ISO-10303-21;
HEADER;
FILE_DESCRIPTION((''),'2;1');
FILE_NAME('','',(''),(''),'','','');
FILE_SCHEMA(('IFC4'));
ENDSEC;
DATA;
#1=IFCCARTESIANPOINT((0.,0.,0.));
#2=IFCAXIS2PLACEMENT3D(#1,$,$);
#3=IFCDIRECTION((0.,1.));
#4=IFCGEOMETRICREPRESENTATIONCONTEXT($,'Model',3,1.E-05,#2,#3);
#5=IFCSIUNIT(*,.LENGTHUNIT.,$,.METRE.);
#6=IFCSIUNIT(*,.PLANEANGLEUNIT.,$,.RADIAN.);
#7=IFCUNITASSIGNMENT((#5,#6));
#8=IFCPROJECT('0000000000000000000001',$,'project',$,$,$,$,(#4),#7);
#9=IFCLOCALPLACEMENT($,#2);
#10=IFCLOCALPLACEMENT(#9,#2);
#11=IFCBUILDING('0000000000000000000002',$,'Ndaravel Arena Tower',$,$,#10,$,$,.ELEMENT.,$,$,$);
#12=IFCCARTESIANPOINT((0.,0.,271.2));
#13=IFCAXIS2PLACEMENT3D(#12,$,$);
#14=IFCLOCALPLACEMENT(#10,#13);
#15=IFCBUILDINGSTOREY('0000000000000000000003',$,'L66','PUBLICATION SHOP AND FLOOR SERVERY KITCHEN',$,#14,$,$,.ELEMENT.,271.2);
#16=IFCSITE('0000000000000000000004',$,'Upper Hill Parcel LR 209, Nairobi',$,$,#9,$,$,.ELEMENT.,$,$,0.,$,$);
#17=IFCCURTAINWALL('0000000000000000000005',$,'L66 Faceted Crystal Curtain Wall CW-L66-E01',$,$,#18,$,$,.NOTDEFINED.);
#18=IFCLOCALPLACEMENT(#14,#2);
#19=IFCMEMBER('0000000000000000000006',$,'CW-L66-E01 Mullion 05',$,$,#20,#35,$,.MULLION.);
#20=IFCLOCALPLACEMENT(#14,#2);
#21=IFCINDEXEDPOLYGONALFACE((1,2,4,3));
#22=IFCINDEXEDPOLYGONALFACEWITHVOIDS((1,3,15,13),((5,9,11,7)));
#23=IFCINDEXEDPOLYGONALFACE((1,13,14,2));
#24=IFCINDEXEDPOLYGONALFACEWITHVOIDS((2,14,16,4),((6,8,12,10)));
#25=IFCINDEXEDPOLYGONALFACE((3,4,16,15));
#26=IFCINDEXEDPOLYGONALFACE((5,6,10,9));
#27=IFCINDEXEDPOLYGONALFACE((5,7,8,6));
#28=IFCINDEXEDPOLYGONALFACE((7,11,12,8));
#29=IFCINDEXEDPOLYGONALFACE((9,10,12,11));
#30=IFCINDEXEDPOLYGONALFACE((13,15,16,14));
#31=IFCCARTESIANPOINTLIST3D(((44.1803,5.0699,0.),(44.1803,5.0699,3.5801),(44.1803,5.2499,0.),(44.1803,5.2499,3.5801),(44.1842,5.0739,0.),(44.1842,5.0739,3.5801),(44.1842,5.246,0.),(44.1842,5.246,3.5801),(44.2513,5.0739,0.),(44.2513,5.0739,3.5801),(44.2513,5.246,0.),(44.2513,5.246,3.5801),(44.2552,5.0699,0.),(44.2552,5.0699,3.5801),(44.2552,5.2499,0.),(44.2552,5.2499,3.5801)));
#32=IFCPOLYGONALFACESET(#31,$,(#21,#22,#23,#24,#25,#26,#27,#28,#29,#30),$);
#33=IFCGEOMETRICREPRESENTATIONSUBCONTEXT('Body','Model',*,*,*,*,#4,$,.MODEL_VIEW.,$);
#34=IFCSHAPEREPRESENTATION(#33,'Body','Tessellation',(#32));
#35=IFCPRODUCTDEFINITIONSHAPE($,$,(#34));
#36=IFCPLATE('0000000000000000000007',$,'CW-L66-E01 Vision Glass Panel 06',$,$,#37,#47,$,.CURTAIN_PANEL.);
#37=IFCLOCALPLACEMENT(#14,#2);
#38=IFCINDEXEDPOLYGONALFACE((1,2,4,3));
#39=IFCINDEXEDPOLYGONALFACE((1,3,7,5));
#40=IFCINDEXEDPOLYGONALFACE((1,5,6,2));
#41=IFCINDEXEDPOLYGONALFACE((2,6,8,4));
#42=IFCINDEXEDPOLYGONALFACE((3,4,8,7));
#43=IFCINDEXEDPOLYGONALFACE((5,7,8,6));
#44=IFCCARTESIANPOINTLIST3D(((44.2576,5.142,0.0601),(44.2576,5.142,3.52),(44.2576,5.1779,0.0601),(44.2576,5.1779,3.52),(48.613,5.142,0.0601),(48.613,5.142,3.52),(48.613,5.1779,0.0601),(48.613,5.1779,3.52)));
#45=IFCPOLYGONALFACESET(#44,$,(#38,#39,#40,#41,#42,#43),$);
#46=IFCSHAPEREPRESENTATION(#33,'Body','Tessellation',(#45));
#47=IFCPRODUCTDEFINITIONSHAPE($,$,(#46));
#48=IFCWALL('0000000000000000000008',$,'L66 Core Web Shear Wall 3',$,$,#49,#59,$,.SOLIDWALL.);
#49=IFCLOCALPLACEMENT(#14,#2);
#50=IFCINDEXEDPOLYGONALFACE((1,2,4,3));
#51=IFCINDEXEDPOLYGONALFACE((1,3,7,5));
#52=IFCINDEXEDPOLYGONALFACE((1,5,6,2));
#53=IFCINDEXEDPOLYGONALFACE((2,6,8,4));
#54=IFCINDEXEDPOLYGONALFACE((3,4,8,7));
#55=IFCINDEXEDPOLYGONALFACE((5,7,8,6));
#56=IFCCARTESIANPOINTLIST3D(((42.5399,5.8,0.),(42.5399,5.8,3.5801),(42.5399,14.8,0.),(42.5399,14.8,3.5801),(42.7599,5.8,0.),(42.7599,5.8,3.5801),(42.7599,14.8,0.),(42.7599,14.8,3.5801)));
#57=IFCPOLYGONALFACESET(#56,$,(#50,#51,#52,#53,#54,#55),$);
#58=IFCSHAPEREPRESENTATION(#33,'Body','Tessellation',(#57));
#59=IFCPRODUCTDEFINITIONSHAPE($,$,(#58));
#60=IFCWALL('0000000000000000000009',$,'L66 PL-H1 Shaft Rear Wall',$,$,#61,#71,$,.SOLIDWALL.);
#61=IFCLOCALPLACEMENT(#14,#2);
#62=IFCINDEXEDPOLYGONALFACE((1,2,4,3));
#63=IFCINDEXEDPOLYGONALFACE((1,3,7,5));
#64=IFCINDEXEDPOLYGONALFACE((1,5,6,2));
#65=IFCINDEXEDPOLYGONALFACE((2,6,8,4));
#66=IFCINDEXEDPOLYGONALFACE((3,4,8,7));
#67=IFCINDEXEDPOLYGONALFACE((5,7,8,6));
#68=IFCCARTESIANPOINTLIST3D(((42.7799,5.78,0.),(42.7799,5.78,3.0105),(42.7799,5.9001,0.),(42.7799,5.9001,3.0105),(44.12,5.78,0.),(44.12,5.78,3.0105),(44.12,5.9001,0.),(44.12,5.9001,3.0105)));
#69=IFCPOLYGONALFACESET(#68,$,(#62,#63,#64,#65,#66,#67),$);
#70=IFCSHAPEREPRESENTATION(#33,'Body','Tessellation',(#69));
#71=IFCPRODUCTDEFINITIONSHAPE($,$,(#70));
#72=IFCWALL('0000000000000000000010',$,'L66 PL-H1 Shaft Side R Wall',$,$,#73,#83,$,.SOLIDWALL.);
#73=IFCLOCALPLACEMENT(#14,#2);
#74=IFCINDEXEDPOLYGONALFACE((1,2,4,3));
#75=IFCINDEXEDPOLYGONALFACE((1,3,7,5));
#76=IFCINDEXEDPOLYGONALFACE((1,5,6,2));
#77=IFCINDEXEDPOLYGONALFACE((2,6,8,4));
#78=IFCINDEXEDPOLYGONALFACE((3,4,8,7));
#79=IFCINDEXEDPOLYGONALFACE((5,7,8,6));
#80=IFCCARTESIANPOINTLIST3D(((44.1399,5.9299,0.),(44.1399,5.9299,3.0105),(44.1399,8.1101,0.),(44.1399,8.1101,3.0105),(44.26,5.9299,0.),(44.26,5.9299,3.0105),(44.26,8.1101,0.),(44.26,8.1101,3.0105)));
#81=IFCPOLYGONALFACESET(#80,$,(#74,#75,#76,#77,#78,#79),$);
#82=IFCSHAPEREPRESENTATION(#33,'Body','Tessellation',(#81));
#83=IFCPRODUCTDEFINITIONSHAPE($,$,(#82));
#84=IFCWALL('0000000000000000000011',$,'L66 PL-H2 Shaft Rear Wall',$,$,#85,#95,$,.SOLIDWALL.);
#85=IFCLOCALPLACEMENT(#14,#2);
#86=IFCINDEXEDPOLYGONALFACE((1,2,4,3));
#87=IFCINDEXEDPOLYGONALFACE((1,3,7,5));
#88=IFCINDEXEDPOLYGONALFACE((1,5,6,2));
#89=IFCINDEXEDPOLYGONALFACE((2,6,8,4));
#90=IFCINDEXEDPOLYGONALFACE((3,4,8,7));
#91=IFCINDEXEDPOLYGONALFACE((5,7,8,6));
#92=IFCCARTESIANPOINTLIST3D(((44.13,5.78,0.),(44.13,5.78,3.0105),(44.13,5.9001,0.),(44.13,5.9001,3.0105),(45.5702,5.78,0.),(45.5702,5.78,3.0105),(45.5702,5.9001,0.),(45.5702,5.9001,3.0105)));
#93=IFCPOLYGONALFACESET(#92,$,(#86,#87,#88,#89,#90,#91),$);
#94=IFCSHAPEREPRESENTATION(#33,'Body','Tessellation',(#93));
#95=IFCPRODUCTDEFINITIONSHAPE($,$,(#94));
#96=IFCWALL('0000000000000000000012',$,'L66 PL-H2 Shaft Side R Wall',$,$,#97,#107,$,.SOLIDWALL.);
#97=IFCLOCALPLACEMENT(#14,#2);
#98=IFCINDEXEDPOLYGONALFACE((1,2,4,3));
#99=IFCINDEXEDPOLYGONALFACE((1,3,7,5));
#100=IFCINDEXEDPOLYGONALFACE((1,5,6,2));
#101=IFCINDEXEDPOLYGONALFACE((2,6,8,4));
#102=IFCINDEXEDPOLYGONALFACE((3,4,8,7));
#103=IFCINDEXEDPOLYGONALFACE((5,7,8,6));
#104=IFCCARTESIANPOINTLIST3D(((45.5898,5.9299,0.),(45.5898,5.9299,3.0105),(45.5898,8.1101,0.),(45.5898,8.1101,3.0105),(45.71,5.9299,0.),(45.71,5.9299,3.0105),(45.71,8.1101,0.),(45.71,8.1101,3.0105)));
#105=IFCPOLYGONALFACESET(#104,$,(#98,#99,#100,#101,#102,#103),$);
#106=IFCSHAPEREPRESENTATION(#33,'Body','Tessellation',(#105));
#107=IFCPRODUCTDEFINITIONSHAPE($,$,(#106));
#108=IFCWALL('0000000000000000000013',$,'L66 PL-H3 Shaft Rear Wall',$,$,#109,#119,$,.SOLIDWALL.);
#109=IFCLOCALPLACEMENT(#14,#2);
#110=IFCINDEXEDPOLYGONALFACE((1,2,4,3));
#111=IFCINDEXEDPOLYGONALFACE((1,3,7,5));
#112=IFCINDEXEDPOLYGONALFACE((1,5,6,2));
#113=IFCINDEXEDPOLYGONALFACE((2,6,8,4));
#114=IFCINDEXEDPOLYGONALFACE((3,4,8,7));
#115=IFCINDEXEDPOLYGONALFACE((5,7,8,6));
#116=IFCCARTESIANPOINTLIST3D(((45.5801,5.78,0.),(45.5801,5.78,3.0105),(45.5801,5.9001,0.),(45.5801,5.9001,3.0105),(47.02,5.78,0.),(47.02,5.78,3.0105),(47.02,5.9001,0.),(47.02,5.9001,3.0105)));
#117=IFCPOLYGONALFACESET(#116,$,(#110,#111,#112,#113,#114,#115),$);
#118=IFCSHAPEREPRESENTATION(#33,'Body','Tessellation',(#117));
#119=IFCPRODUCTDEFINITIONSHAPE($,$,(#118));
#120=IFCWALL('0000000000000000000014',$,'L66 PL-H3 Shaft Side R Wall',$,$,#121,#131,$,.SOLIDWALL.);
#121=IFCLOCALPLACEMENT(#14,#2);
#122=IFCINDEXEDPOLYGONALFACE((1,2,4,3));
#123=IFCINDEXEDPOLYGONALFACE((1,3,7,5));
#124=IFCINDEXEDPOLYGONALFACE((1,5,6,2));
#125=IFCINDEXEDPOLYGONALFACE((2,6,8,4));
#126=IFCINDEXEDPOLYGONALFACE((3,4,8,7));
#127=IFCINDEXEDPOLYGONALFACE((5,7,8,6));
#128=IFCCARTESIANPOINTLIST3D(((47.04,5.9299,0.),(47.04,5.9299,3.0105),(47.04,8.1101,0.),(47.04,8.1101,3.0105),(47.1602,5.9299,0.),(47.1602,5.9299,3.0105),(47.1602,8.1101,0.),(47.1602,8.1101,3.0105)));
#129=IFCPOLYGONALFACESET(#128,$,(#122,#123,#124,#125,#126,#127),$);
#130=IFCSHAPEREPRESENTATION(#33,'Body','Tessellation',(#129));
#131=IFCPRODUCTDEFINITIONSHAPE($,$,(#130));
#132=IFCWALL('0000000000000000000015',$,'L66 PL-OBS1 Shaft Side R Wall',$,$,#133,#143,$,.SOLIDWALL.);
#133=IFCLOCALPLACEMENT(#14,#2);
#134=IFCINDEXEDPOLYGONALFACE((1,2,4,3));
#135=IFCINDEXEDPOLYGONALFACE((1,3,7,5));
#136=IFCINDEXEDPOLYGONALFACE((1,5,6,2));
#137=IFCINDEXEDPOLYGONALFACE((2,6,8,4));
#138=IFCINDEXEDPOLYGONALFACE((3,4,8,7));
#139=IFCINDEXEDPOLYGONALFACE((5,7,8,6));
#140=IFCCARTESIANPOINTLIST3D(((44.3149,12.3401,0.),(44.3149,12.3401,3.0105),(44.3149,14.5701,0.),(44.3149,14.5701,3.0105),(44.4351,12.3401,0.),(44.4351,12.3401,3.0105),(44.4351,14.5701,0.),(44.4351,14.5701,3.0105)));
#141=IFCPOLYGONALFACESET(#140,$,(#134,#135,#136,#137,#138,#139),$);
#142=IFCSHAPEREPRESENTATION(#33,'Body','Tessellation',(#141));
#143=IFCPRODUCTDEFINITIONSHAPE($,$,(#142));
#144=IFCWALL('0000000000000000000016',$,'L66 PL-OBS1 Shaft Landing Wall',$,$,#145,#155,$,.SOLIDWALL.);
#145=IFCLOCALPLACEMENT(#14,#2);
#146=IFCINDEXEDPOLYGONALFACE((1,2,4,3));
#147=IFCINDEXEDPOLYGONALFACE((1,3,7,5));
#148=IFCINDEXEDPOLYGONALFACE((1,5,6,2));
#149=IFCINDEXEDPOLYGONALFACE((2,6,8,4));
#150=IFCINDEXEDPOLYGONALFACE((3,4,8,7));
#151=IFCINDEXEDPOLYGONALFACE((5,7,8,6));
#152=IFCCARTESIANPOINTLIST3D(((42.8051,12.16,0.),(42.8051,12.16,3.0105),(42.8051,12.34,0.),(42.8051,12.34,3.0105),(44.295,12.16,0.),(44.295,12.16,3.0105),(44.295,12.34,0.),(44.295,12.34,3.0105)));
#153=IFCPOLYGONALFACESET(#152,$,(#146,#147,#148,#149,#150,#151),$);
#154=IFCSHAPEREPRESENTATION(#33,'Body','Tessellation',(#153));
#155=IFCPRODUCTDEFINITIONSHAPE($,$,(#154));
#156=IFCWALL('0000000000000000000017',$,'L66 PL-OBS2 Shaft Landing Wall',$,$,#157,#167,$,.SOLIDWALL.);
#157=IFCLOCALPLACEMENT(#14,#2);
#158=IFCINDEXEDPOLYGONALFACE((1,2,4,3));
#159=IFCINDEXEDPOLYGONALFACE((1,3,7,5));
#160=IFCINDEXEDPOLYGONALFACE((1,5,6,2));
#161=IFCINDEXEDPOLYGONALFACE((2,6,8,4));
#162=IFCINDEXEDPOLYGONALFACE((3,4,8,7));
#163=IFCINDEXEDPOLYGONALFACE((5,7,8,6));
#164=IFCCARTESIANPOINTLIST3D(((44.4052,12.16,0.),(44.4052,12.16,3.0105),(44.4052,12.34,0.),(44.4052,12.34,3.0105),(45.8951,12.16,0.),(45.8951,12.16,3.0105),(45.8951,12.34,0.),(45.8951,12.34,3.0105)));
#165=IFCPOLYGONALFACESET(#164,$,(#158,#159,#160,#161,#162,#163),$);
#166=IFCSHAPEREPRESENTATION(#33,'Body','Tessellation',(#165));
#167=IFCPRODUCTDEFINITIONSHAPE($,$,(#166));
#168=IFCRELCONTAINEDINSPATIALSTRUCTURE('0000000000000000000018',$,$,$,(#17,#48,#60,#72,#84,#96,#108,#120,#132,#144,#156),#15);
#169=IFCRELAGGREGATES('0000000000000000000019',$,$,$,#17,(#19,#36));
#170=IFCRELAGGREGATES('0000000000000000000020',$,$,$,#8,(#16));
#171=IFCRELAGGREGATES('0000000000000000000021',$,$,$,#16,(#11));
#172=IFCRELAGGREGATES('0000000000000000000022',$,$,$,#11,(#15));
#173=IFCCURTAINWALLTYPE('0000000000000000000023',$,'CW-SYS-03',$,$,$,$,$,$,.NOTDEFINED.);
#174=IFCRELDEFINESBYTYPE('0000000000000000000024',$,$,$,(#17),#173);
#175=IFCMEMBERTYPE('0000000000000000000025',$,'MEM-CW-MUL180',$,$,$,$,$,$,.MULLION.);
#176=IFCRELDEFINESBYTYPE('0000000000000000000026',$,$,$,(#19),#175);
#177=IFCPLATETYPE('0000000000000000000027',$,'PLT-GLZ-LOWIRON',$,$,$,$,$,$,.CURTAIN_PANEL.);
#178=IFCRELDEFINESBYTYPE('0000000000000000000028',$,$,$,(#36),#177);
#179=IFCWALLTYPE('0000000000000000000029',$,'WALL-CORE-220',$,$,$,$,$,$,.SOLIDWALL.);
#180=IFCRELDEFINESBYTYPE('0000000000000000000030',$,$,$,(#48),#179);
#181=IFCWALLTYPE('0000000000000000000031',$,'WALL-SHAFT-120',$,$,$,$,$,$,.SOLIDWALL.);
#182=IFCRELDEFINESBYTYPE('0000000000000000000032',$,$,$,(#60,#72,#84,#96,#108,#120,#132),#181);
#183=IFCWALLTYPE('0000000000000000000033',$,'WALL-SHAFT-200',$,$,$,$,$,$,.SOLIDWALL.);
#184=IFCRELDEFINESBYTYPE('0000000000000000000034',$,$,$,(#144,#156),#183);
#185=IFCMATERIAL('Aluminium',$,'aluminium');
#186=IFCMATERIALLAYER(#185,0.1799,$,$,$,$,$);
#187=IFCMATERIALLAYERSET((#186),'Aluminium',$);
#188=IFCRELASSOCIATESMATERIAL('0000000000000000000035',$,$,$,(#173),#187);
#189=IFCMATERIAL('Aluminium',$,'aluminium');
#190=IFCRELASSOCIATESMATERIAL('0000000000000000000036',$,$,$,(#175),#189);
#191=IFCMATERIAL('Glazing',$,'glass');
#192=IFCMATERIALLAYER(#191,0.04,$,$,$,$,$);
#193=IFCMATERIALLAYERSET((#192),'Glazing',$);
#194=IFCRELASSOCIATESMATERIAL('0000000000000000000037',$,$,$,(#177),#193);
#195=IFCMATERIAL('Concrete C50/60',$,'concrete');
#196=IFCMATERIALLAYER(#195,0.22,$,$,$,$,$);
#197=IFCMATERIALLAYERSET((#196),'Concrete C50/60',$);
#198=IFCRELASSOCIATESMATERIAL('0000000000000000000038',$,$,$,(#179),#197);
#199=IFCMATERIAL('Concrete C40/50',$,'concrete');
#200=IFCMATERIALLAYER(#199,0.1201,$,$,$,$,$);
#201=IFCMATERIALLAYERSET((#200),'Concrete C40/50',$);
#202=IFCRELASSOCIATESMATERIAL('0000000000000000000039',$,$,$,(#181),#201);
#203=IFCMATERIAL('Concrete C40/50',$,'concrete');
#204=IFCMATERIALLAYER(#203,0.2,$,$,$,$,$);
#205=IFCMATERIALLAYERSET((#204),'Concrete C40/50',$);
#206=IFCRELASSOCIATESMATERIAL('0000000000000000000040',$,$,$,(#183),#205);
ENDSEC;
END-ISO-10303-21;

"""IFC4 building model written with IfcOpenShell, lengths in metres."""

from ifc_helpers import new_model, si_unit, direction, frame, frame_2d, origin, origin_2d, place, context, subcontext, project, spatial, rectangle, hollow_rectangle, extrude, material, layer, layer_set, material_profile, profile_set, type_object, element, aggregate, save


model = new_model("IFC4")

# Units and contexts
model_context = context("Model", 3, precision=1e-05, world=origin(), true_north=direction((0.0, 1.0)))
body_context = subcontext(model_context, "Body", "Model", "MODEL_VIEW")
ifc_project = project(units=[si_unit("LENGTHUNIT", "METRE"), si_unit("PLANEANGLEUNIT", "RADIAN")], contexts=[model_context])

# Site, building, storey
site_placement = place(None, origin())
site = spatial("IfcSite", under=ifc_project, at=site_placement, Name="Upper Hill Parcel LR 209, Nairobi", CompositionType="ELEMENT", RefElevation=0.0)
building_placement = place(site_placement, origin())
building = spatial("IfcBuilding", under=site, at=building_placement, Name="Ndaravel Arena Tower", CompositionType="ELEMENT")
storey_placement = place(building_placement, frame((0.0, 0.0, 271.2)))
storey = spatial("IfcBuildingStorey", under=building, at=storey_placement, Name="L66", Description="PUBLICATION SHOP AND FLOOR SERVERY KITCHEN", CompositionType="ELEMENT", Elevation=271.2)

# Curtain wall, member, plate
ifc_material_1 = material(Name="Aluminium", Category="aluminium")
ifc_layer_1 = layer(ifc_material_1, 0.1799)
ifc_layer_set_1 = layer_set([ifc_layer_1], Name="Aluminium")
curtain_wall_type = type_object("IfcCurtainWallType", Name="CW-SYS-03", PredefinedType="NOTDEFINED", material=ifc_layer_set_1)
curtain_wall_placement = place(storey_placement, origin())
curtain_wall = element("IfcCurtainWall", 1, at=curtain_wall_placement, inside=storey, type_object=curtain_wall_type, Name="L66 Faceted Crystal Curtain Wall CW-L66-E01", PredefinedType="NOTDEFINED")
ifc_material_2 = material(Name="Aluminium", Category="aluminium")
ifc_material_profile = material_profile(ifc_material_2, hollow_rectangle(XDim=0.075, YDim=0.1799, WallThickness=0.0039, at=origin_2d()), Name="CW MULLION 75x180x4")
ifc_profile_set = profile_set([ifc_material_profile], Name="Aluminium")
member_type = type_object("IfcMemberType", Name="MEM-CW-MUL180", PredefinedType="MULLION", material=ifc_profile_set)
member_placement = place(storey_placement, frame((44.2178, 5.1599, 0.0), z_axis=(0.0, 0.0, 1.0), x_axis=(1.0, 0.0, 0.0)))
member = element("IfcMember", 2, at=member_placement, type_object=member_type, Name="CW-L66-E01 Mullion 05", PredefinedType="MULLION", context=body_context, shape_type="SweptSolid", body=[
    extrude(hollow_rectangle(XDim=0.075, YDim=0.1799, WallThickness=0.0039, at=origin_2d()), origin(), (0.0, 0.0, 1.0), 3.5801),
])
ifc_material_3 = material(Name="Glazing", Category="glass")
ifc_layer_2 = layer(ifc_material_3, 0.04)
ifc_layer_set_2 = layer_set([ifc_layer_2], Name="Glazing")
plate_type = type_object("IfcPlateType", Name="PLT-GLZ-LOWIRON", PredefinedType="CURTAIN_PANEL", material=ifc_layer_set_2)
plate_placement = place(storey_placement, frame((46.4353, 5.1599, 0.0601), z_axis=(0.0, 0.0, 1.0), x_axis=(1.0, 0.0, 0.0)))
plate = element("IfcPlate", 3, at=plate_placement, type_object=plate_type, Name="CW-L66-E01 Vision Glass Panel 06", PredefinedType="CURTAIN_PANEL", context=body_context, shape_type="SweptSolid", body=[
    extrude(rectangle(XDim=4.3555, YDim=0.0359, at=origin_2d()), origin(), (0.0, 0.0, 1.0), 3.46),
])
aggregate(curtain_wall, [member, plate])

# Walls
ifc_material_4 = material(Name="Concrete C50/60", Category="concrete")
ifc_layer_3 = layer(ifc_material_4, 0.22)
ifc_layer_set_3 = layer_set([ifc_layer_3], Name="Concrete C50/60")
wall_type_1 = type_object("IfcWallType", Name="WALL-CORE-220", PredefinedType="SOLIDWALL", material=ifc_layer_set_3)
wall_1_placement = place(storey_placement, frame((42.6499, 5.8, 0.0), z_axis=(0.0, 0.0, 1.0), x_axis=(0.0, 1.0, 0.0)))
element("IfcWall", 4, at=wall_1_placement, inside=storey, type_object=wall_type_1, Name="L66 Core Web Shear Wall 3", PredefinedType="SOLIDWALL", context=body_context, shape_type="SweptSolid", body=[
    extrude(rectangle(XDim=9.0, YDim=0.22, at=frame_2d((4.5, 0.0))), origin(), (0.0, 0.0, 1.0), 3.5801),
])
ifc_material_5 = material(Name="Concrete C40/50", Category="concrete")
ifc_layer_4 = layer(ifc_material_5, 0.1201)
ifc_layer_set_4 = layer_set([ifc_layer_4], Name="Concrete C40/50")
wall_type_2 = type_object("IfcWallType", Name="WALL-SHAFT-120", PredefinedType="SOLIDWALL", material=ifc_layer_set_4)
wall_2_placement = place(storey_placement, frame((42.78, 5.8401, 0.0), z_axis=(0.0, 0.0, 1.0), x_axis=(1.0, 0.0, 0.0)))
element("IfcWall", 5, at=wall_2_placement, inside=storey, type_object=wall_type_2, Name="L66 PL-H1 Shaft Rear Wall", PredefinedType="SOLIDWALL", context=body_context, shape_type="SweptSolid", body=[
    extrude(rectangle(XDim=1.3401, YDim=0.1201, at=frame_2d((0.6699, 0.0))), origin(), (0.0, 0.0, 1.0), 3.0105),
])
wall_3_placement = place(storey_placement, frame((44.2, 5.9299, 0.0), z_axis=(0.0, 0.0, 1.0), x_axis=(0.0, 1.0, 0.0)))
element("IfcWall", 6, at=wall_3_placement, inside=storey, type_object=wall_type_2, Name="L66 PL-H1 Shaft Side R Wall", PredefinedType="SOLIDWALL", context=body_context, shape_type="SweptSolid", body=[
    extrude(rectangle(XDim=2.1802, YDim=0.1201, at=frame_2d((1.0901, 0.0))), origin(), (0.0, 0.0, 1.0), 3.0105),
])
wall_4_placement = place(storey_placement, frame((44.1299, 5.8401, 0.0), z_axis=(0.0, 0.0, 1.0), x_axis=(1.0, 0.0, 0.0)))
element("IfcWall", 7, at=wall_4_placement, inside=storey, type_object=wall_type_2, Name="L66 PL-H2 Shaft Rear Wall", PredefinedType="SOLIDWALL", context=body_context, shape_type="SweptSolid", body=[
    extrude(rectangle(XDim=1.4402, YDim=0.1201, at=frame_2d((0.7202, 0.0))), origin(), (0.0, 0.0, 1.0), 3.0105),
])
wall_5_placement = place(storey_placement, frame((45.6499, 5.9299, 0.0), z_axis=(0.0, 0.0, 1.0), x_axis=(0.0, 1.0, 0.0)))
element("IfcWall", 8, at=wall_5_placement, inside=storey, type_object=wall_type_2, Name="L66 PL-H2 Shaft Side R Wall", PredefinedType="SOLIDWALL", context=body_context, shape_type="SweptSolid", body=[
    extrude(rectangle(XDim=2.1802, YDim=0.1201, at=frame_2d((1.0901, 0.0))), origin(), (0.0, 0.0, 1.0), 3.0105),
])
wall_6_placement = place(storey_placement, frame((45.5801, 5.8401, 0.0), z_axis=(0.0, 0.0, 1.0), x_axis=(1.0, 0.0, 0.0)))
element("IfcWall", 9, at=wall_6_placement, inside=storey, type_object=wall_type_2, Name="L66 PL-H3 Shaft Rear Wall", PredefinedType="SOLIDWALL", context=body_context, shape_type="SweptSolid", body=[
    extrude(rectangle(XDim=1.4399, YDim=0.1201, at=frame_2d((0.72, 0.0))), origin(), (0.0, 0.0, 1.0), 3.0105),
])
wall_7_placement = place(storey_placement, frame((47.1001, 5.9299, 0.0), z_axis=(0.0, 0.0, 1.0), x_axis=(0.0, 1.0, 0.0)))
element("IfcWall", 10, at=wall_7_placement, inside=storey, type_object=wall_type_2, Name="L66 PL-H3 Shaft Side R Wall", PredefinedType="SOLIDWALL", context=body_context, shape_type="SweptSolid", body=[
    extrude(rectangle(XDim=2.1802, YDim=0.1201, at=frame_2d((1.0901, 0.0))), origin(), (0.0, 0.0, 1.0), 3.0105),
])
wall_8_placement = place(storey_placement, frame((44.375, 12.3401, 0.0), z_axis=(0.0, 0.0, 1.0), x_axis=(0.0, 1.0, 0.0)))
element("IfcWall", 11, at=wall_8_placement, inside=storey, type_object=wall_type_2, Name="L66 PL-OBS1 Shaft Side R Wall", PredefinedType="SOLIDWALL", context=body_context, shape_type="SweptSolid", body=[
    extrude(rectangle(XDim=2.23, YDim=0.1201, at=frame_2d((1.115, 0.0))), origin(), (0.0, 0.0, 1.0), 3.0105),
])

# Shared definitions
ifc_material_6 = material(Name="Concrete C40/50", Category="concrete")
ifc_layer_5 = layer(ifc_material_6, 0.2)
ifc_layer_set_5 = layer_set([ifc_layer_5], Name="Concrete C40/50")
wall_type_3 = type_object("IfcWallType", Name="WALL-SHAFT-200", PredefinedType="SOLIDWALL", material=ifc_layer_set_5)

# Walls
for number, where, z_axis, x_axis, name in (
    (12, (42.8049, 12.25, 0.0), (0.0, 0.0, 1.0), (1.0, 0.0, 0.0), "L66 PL-OBS1 Shaft Landing Wall"),
    (13, (44.405, 12.25, 0.0), (0.0, 0.0, 1.0), (1.0, 0.0, 0.0), "L66 PL-OBS2 Shaft Landing Wall"),
):
    element("IfcWall", number, at=place(storey_placement, frame(where, z_axis=z_axis, x_axis=x_axis)), inside=storey, type_object=wall_type_3, Name=name, PredefinedType="SOLIDWALL", context=body_context, shape_type="SweptSolid", body=[
        extrude(rectangle(XDim=1.49, YDim=0.1799, at=frame_2d((0.7451, 0.0))), origin(), (0.0, 0.0, 1.0), 3.0105),
    ])

save(model, "model.ifc")
